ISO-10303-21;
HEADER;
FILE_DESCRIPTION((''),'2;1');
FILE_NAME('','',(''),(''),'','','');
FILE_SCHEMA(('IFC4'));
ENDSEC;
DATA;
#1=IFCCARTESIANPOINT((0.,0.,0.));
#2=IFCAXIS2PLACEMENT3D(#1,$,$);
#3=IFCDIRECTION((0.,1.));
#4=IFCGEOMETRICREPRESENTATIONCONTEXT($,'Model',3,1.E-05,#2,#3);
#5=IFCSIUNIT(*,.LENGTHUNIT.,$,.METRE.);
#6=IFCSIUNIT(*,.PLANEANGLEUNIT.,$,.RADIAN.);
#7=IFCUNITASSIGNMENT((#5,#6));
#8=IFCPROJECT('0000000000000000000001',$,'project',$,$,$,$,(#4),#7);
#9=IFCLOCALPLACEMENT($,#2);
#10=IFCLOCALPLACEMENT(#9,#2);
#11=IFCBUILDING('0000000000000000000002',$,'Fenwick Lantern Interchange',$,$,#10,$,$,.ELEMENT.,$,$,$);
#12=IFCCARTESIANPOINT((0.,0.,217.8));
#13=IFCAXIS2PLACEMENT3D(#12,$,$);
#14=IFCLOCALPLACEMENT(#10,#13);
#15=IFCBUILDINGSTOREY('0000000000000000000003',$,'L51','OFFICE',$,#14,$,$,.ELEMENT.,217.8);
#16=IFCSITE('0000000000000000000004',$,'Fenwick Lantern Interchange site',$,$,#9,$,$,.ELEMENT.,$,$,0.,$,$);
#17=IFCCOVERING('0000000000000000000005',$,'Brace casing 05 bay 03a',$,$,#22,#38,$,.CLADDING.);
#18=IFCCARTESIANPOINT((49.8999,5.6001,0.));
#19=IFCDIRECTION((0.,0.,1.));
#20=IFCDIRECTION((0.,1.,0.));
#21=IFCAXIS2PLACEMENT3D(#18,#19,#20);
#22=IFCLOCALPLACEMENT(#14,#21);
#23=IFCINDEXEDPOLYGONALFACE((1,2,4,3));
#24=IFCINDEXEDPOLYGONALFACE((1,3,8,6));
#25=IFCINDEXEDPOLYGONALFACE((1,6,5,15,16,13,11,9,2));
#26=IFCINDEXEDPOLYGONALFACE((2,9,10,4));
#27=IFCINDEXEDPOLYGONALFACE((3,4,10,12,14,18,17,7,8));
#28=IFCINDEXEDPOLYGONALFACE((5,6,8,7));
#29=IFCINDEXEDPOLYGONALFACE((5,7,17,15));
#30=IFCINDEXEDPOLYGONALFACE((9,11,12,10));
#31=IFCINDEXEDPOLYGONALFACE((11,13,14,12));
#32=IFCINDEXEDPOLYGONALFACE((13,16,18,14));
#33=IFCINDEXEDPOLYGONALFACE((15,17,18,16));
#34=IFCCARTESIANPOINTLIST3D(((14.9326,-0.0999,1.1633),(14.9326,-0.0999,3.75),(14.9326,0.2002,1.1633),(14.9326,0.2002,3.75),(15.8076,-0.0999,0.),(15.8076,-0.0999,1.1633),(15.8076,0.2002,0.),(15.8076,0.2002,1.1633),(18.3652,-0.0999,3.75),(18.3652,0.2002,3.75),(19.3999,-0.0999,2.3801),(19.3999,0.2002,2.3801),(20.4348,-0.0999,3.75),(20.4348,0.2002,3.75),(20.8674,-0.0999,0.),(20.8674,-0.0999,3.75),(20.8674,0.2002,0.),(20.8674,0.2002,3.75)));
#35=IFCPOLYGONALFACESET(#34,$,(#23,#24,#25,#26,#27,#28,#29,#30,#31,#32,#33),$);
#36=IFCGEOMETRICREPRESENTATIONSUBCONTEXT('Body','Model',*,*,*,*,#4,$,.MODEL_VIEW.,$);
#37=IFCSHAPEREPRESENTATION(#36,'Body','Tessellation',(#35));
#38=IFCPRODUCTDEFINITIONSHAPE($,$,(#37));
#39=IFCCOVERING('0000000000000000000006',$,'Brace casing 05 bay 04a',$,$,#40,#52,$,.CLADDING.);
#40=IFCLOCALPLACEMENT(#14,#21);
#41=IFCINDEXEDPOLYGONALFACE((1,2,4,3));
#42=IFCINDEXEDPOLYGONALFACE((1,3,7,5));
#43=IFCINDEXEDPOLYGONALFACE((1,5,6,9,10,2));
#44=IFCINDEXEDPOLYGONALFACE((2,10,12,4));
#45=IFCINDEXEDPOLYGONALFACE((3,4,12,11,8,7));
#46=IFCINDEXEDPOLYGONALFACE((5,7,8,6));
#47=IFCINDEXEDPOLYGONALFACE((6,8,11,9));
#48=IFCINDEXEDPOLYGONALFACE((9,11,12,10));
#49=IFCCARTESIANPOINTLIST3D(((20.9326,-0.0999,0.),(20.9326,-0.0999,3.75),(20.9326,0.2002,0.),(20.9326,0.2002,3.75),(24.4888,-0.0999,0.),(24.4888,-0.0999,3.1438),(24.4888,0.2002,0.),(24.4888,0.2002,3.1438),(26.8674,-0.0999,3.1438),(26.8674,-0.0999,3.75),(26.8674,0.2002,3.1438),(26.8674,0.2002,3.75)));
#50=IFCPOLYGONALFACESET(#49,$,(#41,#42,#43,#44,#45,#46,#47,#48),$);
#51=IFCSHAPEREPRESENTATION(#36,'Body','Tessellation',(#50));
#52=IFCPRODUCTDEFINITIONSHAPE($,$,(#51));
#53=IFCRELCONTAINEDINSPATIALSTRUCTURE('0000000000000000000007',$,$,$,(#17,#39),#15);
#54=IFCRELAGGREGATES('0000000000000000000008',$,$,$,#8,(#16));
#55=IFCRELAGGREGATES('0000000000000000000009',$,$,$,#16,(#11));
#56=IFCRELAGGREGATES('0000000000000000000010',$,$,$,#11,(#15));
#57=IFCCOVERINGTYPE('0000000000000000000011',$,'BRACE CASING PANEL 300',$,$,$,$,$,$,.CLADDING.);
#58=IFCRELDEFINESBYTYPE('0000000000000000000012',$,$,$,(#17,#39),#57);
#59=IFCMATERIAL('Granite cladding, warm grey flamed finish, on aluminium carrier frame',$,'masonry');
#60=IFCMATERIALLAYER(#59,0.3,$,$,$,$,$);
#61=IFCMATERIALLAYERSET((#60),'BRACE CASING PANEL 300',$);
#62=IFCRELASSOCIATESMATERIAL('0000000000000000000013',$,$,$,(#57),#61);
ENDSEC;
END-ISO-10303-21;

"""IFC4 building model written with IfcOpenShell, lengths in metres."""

from ifc_helpers import new_model, si_unit, direction, frame, origin, place, context, subcontext, project, spatial, polyline, outline, extrude, material, layer, layer_set, type_object, element, save


model = new_model("IFC4")

# Units and contexts
model_context = context("Model", 3, precision=1e-05, world=origin(), true_north=direction((0.0, 1.0)))
body_context = subcontext(model_context, "Body", "Model", "MODEL_VIEW")
ifc_project = project(units=[si_unit("LENGTHUNIT", "METRE"), si_unit("PLANEANGLEUNIT", "RADIAN")], contexts=[model_context])

# Site, building, storey
site_placement = place(None, origin())
site = spatial("IfcSite", under=ifc_project, at=site_placement, Name="Fenwick Lantern Interchange site", CompositionType="ELEMENT", RefElevation=0.0)
building_placement = place(site_placement, origin())
building = spatial("IfcBuilding", under=site, at=building_placement, Name="Fenwick Lantern Interchange", CompositionType="ELEMENT")
storey_placement = place(building_placement, frame((0.0, 0.0, 217.8)))
storey = spatial("IfcBuildingStorey", under=building, at=storey_placement, Name="L51", Description="OFFICE", CompositionType="ELEMENT", Elevation=217.8)

# Coverings
ifc_material_1 = material(Name="Granite cladding, warm grey flamed finish, on aluminium carrier frame", Category="masonry")
ifc_layer_1 = layer(ifc_material_1, 0.3)
ifc_layer_set_1 = layer_set([ifc_layer_1], Name="BRACE CASING PANEL 300")
covering_type = type_object("IfcCoveringType", Name="BRACE CASING PANEL 300", PredefinedType="CLADDING", material=ifc_layer_set_1)
covering_1_placement = place(storey_placement, frame((49.8999, 5.6001, 0.0), z_axis=(0.0, 0.0, 1.0), x_axis=(0.0, 1.0, 0.0)))
element("IfcCovering", 1, at=covering_1_placement, inside=storey, type_object=covering_type, Name="Brace casing 05 bay 03a", PredefinedType="CLADDING", context=body_context, shape_type="SweptSolid", body=[
    extrude(outline(polyline([(15.8076, 0.0), (20.8674, 0.0), (20.8674, 3.75), (20.4348, 3.75), (19.3999, 2.3801), (18.3652, 3.75), (14.9326, 3.75), (14.9326, 1.1633), (15.8076, 1.1633), (15.8076, 0.0)])), frame((0.0, 0.2002, 0.0), z_axis=(0.0, -1.0, 0.0), x_axis=(1.0, 0.0, 0.0)), (0.0, 0.0, 1.0), 0.3),
])
covering_2_placement = place(storey_placement, frame((49.8999, 5.6001, 0.0), z_axis=(0.0, 0.0, 1.0), x_axis=(0.0, 1.0, 0.0)))
element("IfcCovering", 2, at=covering_2_placement, inside=storey, type_object=covering_type, Name="Brace casing 05 bay 04a", PredefinedType="CLADDING", context=body_context, shape_type="SweptSolid", body=[
    extrude(outline(polyline([(20.9326, 0.0), (24.4888, 0.0), (24.4888, 3.1438), (26.8674, 3.1438), (26.8674, 3.75), (20.9326, 3.75), (20.9326, 0.0)])), frame((0.0, 0.2002, 0.0), z_axis=(0.0, -1.0, 0.0), x_axis=(1.0, 0.0, 0.0)), (0.0, 0.0, 1.0), 0.3),
])

save(model, "model.ifc")
